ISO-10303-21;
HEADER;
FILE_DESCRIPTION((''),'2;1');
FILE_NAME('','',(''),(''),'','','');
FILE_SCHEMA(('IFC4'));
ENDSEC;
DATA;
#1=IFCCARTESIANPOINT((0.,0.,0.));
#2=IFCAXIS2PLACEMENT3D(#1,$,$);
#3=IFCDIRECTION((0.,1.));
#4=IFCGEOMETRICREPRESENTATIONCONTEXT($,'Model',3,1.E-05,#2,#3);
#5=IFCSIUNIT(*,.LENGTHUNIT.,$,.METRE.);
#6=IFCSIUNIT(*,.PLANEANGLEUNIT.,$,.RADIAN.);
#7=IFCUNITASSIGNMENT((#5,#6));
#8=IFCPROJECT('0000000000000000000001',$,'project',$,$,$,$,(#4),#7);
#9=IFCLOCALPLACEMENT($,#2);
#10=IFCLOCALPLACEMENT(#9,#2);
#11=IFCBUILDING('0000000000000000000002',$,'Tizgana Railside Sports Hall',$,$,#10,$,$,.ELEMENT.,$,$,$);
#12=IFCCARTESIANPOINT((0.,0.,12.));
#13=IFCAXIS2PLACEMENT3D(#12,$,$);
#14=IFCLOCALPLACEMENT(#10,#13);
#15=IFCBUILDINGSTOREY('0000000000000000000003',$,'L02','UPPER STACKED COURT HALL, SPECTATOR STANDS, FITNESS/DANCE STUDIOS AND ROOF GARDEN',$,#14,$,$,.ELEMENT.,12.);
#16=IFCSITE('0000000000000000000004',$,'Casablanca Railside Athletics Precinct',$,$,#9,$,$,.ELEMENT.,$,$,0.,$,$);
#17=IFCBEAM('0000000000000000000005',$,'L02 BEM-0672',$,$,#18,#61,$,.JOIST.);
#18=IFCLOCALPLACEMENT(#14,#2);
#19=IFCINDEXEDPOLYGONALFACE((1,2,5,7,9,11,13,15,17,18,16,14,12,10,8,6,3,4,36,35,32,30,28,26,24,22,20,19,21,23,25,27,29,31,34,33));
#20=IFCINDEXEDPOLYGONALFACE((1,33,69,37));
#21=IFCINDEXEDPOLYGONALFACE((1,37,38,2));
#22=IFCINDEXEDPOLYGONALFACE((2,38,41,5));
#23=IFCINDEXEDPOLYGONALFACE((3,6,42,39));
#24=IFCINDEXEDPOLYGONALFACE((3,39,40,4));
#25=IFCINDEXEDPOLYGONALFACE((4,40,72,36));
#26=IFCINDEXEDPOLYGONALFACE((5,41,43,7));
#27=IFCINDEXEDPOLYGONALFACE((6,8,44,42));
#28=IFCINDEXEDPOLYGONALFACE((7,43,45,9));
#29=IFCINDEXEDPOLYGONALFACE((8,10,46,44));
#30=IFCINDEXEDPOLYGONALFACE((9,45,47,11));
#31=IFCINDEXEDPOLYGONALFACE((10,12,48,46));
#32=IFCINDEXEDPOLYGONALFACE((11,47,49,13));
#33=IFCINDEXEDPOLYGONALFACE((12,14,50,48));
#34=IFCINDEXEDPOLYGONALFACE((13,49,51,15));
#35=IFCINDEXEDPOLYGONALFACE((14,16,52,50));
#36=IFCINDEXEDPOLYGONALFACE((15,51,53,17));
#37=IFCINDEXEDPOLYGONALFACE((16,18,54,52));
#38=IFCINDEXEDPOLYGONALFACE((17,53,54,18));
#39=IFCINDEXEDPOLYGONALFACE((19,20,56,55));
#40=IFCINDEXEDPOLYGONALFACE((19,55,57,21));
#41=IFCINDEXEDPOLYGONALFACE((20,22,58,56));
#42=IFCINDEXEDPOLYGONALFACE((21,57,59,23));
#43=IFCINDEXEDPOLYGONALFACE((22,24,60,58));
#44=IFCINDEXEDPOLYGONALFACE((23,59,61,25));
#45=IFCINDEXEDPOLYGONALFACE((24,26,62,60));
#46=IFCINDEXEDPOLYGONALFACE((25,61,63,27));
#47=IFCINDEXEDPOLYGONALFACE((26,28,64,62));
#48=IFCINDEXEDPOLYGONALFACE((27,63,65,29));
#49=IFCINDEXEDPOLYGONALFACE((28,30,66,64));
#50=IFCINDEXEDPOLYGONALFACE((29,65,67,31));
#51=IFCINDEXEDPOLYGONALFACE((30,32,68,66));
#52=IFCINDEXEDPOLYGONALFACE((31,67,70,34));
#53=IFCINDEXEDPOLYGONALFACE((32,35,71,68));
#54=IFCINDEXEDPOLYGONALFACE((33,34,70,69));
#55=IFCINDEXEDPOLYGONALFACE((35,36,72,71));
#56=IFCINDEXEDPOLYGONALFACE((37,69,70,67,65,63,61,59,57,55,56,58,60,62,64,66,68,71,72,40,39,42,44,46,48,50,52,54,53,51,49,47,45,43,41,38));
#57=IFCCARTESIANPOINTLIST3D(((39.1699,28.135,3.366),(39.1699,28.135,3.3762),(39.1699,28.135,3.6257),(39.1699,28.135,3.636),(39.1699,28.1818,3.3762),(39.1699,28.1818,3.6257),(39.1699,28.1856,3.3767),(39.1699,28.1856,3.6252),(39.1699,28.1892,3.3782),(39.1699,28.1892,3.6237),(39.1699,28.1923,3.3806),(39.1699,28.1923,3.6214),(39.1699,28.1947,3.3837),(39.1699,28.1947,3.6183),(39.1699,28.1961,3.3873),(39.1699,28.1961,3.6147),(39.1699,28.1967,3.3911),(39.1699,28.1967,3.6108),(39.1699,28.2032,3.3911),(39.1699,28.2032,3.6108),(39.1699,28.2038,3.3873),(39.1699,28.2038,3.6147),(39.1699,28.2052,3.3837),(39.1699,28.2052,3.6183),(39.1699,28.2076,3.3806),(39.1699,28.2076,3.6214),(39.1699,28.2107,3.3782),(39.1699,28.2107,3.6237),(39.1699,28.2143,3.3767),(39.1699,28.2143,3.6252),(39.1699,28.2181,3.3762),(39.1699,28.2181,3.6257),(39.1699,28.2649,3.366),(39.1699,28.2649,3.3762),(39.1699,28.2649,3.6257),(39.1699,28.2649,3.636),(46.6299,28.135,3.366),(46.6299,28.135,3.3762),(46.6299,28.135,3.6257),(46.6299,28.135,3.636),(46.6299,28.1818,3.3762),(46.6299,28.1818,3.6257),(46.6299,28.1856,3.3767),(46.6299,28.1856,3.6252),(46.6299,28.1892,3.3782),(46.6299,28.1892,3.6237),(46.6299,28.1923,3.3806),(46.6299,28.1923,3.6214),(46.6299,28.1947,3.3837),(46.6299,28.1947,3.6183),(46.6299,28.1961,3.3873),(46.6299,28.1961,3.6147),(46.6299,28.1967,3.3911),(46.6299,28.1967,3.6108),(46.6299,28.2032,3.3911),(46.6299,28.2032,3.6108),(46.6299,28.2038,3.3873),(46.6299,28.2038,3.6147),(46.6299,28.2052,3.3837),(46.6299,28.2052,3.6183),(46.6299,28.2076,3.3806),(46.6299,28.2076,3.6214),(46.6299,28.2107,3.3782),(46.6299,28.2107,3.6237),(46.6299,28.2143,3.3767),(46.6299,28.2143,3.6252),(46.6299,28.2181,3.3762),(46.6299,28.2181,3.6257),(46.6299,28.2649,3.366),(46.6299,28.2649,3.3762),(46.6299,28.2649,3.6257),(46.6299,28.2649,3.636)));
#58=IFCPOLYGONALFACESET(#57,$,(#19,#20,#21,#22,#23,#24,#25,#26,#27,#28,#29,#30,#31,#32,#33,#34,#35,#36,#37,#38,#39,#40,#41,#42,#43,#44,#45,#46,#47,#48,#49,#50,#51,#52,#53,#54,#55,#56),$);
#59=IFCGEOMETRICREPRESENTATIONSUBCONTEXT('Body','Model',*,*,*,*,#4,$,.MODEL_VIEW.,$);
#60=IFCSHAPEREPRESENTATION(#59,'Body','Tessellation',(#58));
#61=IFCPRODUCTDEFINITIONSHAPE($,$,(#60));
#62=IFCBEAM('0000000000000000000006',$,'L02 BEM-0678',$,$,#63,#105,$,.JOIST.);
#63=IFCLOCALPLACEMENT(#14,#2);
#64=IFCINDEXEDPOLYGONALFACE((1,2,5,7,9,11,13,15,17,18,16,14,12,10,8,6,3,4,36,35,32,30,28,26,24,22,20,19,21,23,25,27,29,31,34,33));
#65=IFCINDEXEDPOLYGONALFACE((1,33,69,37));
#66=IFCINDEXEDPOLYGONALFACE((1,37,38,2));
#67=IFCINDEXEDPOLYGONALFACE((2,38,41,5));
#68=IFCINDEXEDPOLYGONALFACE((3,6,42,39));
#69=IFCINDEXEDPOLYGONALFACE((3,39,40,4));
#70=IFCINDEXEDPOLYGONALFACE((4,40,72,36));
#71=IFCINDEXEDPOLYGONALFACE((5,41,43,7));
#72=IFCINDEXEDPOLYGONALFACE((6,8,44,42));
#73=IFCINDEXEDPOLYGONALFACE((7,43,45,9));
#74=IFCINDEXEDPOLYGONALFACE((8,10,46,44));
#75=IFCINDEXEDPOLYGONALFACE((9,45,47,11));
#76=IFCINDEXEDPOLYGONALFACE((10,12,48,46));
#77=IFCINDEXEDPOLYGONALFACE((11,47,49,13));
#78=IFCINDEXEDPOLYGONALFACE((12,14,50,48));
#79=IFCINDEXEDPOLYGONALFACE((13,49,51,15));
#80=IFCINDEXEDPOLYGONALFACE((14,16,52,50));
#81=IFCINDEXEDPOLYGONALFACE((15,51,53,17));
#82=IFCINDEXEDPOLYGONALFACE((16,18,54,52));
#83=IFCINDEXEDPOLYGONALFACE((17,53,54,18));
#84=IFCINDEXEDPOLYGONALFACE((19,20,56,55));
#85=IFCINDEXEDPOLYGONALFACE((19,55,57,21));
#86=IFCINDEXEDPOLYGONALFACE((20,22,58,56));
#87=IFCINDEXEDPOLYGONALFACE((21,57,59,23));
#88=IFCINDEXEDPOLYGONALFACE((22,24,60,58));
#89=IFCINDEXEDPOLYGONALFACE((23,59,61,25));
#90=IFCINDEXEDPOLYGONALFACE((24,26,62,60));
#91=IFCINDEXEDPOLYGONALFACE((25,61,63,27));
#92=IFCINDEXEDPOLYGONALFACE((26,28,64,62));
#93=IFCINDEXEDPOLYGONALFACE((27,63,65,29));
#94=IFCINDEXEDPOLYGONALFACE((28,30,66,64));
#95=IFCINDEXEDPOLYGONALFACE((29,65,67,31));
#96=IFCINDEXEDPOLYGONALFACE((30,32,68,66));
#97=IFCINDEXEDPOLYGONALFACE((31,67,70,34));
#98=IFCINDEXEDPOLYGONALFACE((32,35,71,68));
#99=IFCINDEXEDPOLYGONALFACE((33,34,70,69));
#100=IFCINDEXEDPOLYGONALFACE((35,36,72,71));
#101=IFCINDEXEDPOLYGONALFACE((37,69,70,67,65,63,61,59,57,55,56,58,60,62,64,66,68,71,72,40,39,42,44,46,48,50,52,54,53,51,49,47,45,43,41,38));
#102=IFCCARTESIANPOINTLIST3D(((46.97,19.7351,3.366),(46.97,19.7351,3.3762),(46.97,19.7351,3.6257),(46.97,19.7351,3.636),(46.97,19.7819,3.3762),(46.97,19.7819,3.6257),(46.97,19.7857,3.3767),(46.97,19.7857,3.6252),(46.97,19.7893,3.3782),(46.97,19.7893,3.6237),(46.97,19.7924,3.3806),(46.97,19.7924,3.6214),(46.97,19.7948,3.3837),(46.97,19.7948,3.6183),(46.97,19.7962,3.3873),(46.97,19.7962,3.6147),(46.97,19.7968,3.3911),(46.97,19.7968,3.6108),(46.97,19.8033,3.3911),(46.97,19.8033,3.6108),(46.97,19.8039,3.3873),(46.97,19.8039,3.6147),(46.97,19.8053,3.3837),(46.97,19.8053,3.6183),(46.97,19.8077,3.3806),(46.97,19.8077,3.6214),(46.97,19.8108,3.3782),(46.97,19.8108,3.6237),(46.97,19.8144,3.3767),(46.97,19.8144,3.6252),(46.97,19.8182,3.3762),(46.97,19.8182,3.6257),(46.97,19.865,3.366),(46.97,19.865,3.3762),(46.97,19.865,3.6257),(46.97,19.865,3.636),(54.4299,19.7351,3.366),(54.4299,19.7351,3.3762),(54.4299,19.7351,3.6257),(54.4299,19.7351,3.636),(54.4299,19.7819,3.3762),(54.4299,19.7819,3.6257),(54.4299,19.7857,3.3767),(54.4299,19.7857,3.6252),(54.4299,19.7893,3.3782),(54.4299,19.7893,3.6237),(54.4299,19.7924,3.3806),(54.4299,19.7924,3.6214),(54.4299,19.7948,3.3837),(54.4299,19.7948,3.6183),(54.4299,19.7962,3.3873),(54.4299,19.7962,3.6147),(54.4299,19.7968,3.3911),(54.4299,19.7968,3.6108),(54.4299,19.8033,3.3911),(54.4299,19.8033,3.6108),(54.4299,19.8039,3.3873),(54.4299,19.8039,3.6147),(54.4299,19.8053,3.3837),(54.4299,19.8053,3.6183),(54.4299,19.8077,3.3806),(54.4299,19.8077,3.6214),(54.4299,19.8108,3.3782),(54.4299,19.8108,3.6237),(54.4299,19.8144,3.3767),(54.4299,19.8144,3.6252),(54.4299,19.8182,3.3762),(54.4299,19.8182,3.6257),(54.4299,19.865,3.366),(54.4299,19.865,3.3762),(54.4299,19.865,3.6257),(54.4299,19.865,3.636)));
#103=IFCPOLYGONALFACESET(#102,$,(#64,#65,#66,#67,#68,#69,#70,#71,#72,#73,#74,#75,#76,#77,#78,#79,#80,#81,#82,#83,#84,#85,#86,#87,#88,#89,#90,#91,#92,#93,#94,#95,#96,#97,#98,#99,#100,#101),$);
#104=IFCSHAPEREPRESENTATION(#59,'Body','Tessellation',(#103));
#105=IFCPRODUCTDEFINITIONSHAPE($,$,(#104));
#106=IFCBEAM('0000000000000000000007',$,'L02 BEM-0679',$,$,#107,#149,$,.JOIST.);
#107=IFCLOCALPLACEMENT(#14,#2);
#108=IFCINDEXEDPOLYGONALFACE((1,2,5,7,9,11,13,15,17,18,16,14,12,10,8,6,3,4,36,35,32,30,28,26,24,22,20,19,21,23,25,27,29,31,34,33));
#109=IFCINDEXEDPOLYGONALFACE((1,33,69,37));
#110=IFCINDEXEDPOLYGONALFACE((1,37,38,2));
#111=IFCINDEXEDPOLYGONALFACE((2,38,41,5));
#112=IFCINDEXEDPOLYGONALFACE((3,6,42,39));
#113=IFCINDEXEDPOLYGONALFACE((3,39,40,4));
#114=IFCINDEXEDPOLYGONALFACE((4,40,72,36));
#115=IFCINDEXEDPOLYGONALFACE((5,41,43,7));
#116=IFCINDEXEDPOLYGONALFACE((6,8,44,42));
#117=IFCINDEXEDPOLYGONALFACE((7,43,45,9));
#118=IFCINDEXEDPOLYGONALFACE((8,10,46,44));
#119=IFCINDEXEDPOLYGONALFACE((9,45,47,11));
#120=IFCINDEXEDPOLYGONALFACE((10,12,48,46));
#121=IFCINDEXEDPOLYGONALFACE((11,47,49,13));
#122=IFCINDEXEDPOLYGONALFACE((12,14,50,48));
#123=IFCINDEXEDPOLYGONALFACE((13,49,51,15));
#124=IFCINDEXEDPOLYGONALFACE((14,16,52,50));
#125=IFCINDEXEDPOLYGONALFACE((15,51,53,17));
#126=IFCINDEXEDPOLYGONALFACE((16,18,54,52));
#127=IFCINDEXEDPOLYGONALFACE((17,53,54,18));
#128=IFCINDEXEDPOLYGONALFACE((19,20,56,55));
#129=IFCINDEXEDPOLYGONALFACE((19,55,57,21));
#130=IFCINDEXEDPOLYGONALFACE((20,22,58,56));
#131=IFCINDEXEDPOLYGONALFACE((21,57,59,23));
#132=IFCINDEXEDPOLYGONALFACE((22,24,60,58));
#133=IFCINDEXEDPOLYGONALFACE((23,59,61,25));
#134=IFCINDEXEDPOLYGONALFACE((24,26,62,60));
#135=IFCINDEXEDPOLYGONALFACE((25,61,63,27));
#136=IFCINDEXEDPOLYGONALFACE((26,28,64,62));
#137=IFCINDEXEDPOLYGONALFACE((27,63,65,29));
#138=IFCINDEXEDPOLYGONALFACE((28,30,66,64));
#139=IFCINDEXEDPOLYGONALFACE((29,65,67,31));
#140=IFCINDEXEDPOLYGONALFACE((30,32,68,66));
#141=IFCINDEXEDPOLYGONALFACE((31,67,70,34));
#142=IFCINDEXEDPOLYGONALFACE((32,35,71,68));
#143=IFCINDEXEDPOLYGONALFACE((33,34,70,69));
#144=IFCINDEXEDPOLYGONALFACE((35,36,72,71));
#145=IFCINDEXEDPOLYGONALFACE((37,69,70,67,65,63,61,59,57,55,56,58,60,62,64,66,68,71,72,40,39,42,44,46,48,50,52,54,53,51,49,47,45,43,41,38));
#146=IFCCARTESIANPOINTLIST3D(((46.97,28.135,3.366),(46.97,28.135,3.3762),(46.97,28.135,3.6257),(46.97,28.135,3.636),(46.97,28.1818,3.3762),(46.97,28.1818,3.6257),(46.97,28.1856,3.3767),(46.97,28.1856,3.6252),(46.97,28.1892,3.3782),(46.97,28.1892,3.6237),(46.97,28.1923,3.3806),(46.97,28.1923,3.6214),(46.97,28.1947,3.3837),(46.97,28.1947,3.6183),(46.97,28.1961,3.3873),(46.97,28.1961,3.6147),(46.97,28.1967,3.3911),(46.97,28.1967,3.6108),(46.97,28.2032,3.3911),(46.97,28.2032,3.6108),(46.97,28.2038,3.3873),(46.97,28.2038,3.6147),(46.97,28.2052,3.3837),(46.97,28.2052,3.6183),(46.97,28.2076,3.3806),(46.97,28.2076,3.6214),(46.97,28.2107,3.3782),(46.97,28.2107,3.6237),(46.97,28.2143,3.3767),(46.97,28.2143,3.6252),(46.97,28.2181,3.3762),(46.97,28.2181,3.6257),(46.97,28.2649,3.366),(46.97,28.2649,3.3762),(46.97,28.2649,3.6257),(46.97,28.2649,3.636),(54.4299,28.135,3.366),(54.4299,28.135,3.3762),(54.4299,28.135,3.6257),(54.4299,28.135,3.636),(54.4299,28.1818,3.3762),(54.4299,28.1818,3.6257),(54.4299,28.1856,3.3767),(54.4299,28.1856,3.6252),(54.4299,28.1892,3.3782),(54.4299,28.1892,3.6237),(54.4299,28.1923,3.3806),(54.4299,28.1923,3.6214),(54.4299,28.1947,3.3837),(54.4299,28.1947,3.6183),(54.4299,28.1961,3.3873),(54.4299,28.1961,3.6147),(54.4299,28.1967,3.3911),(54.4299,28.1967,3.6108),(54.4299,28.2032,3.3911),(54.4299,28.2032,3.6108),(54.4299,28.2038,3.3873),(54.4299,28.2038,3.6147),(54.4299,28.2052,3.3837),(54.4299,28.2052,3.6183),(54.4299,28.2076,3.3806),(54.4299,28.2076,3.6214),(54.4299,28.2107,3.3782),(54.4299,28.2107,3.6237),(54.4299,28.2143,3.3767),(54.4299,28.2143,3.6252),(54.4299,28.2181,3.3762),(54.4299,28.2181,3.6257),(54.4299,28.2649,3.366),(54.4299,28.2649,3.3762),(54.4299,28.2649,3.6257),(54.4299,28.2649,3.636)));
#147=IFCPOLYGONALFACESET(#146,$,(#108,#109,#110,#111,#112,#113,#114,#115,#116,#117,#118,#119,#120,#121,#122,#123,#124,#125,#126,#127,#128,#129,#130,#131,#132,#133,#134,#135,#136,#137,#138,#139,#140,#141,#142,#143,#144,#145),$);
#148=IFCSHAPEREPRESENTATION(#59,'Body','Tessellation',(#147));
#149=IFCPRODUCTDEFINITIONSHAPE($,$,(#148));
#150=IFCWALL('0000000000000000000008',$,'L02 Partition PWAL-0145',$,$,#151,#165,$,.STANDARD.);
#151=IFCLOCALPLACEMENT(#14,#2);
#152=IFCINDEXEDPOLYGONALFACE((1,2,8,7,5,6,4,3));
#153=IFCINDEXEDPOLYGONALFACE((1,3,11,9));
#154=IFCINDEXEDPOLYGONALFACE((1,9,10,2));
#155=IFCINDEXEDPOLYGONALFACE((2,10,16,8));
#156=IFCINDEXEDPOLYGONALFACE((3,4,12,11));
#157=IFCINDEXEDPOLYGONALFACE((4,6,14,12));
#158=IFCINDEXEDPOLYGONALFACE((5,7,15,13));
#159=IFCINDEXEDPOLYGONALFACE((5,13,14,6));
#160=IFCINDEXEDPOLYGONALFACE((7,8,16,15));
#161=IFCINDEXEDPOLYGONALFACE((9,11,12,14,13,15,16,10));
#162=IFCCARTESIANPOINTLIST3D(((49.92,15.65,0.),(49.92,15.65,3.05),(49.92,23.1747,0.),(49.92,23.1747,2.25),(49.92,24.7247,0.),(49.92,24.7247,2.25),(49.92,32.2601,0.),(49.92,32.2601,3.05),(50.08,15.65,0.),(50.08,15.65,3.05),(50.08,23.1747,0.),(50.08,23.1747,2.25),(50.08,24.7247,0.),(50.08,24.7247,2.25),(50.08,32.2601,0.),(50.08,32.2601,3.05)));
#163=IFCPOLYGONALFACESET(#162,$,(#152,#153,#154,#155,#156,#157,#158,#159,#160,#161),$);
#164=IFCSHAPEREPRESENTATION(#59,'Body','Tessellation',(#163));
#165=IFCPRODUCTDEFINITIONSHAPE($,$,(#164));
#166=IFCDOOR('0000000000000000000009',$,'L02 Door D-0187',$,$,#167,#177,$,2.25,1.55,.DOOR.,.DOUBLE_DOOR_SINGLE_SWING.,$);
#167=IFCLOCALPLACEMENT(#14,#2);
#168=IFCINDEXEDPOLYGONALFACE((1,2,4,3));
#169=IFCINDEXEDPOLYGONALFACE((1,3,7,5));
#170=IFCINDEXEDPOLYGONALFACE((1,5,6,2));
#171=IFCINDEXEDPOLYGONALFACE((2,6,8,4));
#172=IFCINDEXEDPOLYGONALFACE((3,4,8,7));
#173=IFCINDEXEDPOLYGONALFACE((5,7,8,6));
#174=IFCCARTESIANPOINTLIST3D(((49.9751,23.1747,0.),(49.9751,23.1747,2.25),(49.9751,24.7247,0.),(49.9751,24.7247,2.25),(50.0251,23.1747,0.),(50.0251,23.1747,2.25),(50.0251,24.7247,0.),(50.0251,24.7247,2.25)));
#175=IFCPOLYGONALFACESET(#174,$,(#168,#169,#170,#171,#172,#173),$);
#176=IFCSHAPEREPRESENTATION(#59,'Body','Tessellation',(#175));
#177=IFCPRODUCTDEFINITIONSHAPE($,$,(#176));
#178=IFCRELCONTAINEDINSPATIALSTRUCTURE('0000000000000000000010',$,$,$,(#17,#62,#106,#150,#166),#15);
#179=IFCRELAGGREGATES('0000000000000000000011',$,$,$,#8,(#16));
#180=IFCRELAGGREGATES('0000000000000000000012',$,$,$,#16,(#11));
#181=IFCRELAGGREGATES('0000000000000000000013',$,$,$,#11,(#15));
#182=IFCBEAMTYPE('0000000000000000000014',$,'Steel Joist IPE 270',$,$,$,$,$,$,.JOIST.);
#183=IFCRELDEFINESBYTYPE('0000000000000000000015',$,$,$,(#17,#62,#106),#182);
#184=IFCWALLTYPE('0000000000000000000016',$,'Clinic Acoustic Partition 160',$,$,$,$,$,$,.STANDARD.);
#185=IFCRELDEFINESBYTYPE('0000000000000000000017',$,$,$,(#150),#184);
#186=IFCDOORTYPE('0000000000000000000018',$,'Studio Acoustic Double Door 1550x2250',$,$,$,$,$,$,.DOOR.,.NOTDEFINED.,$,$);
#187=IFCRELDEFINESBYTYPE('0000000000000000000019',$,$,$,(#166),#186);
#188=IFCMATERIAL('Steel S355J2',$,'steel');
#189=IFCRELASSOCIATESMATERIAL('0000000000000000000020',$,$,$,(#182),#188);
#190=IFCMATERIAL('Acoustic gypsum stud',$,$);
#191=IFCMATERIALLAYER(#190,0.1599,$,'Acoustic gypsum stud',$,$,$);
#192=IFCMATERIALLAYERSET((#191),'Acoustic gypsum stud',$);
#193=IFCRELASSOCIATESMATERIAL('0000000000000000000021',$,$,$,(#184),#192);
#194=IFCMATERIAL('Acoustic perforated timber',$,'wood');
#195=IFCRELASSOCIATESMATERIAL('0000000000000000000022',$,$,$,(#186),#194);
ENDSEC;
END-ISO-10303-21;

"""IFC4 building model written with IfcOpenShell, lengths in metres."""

from ifc_helpers import new_model, si_unit, direction, frame, frame_2d, origin, origin_2d, place, context, subcontext, project, spatial, rectangle, i_section, extrude, material, layer, layer_set, material_profile, profile_set, type_object, element, fill, save


model = new_model("IFC4")

# Units and contexts
model_context = context("Model", 3, precision=1e-05, world=origin(), true_north=direction((0.0, 1.0)))
body_context = subcontext(model_context, "Body", "Model", "MODEL_VIEW")
ifc_project = project(units=[si_unit("LENGTHUNIT", "METRE"), si_unit("PLANEANGLEUNIT", "RADIAN")], contexts=[model_context])

# Site, building, storey
site_placement = place(None, origin())
site = spatial("IfcSite", under=ifc_project, at=site_placement, Name="Casablanca Railside Athletics Precinct", CompositionType="ELEMENT", RefElevation=0.0)
building_placement = place(site_placement, origin())
building = spatial("IfcBuilding", under=site, at=building_placement, Name="Tizgana Railside Sports Hall", CompositionType="ELEMENT")
storey_placement = place(building_placement, frame((0.0, 0.0, 12.0)))
storey = spatial("IfcBuildingStorey", under=building, at=storey_placement, Name="L02", Description="UPPER STACKED COURT HALL, SPECTATOR STANDS, FITNESS/DANCE STUDIOS AND ROOF GARDEN", CompositionType="ELEMENT", Elevation=12.0)

# Beams
ifc_material_1 = material(Name="Steel S355J2", Category="steel")
ifc_material_profile_1 = material_profile(ifc_material_1, i_section(OverallWidth=0.1299, OverallDepth=0.27, WebThickness=0.0066, FlangeThickness=0.0103, FilletRadius=0.0149, at=origin_2d()), Name="IPE 270")
ifc_profile_set_1 = profile_set([ifc_material_profile_1], Name="Steel S355J2")
beam_type_1 = type_object("IfcBeamType", Name="Steel Joist IPE 270", PredefinedType="JOIST", material=ifc_profile_set_1)
for number, where, z_axis, x_axis, name in (
    (1, (39.1699, 28.2, 3.501), (1.0, 0.0, 0.0), (0.0, 1.0, 0.0), "L02 BEM-0672"),
    (2, (46.97, 19.8, 3.501), (1.0, 0.0, 0.0), (0.0, 1.0, 0.0), "L02 BEM-0678"),
    (3, (46.97, 28.2, 3.501), (1.0, 0.0, 0.0), (0.0, 1.0, 0.0), "L02 BEM-0679"),
):
    element("IfcBeam", number, at=place(storey_placement, frame(where, z_axis=z_axis, x_axis=x_axis)), inside=storey, type_object=beam_type_1, Name=name, PredefinedType="JOIST", context=body_context, shape_type="SweptSolid", body=[
        extrude(i_section(OverallWidth=0.1299, OverallDepth=0.27, WebThickness=0.0066, FlangeThickness=0.0103, FilletRadius=0.0149, at=origin_2d()), origin(), (0.0, 0.0, 1.0), 7.46),
    ])

# Wall, opening, door
ifc_material_2 = material(Name="Acoustic gypsum stud")
ifc_layer_1 = layer(ifc_material_2, 0.1599, Name="Acoustic gypsum stud")
ifc_layer_set_1 = layer_set([ifc_layer_1], Name="Acoustic gypsum stud")
wall_type_1 = type_object("IfcWallType", Name="Clinic Acoustic Partition 160", PredefinedType="STANDARD", material=ifc_layer_set_1)
wall_1_placement = place(storey_placement, frame((50.0, 15.6499, 0.0), z_axis=(0.0, 0.0, 1.0), x_axis=(0.0, 1.0, 0.0)))
wall_1 = element("IfcWall", 4, at=wall_1_placement, inside=storey, type_object=wall_type_1, Name="L02 Partition PWAL-0145", PredefinedType="STANDARD", context=body_context, shape_type="SweptSolid", body=[
    extrude(rectangle(XDim=16.6101, YDim=0.1599, at=frame_2d((8.3052, 0.0))), origin(), (0.0, 0.0, 1.0), 3.05),
])
opening_1_placement = place(wall_1_placement, frame((7.5249, 0.0, 0.0)))
opening_1 = element("IfcOpeningElement", 5, at=opening_1_placement, cuts=wall_1, PredefinedType="OPENING", context=body_context, shape_type="SweptSolid", body=[
    extrude(rectangle(XDim=1.55, YDim=2.25, at=frame_2d((0.7749, 1.125))), frame((0.0, 0.0898, 0.0), z_axis=(0.0, -1.0, 0.0), x_axis=(1.0, 0.0, 0.0)), (0.0, 0.0, 1.0), 0.1799),
])
ifc_material_3 = material(Name="Acoustic perforated timber", Category="wood")
door_type_1 = type_object("IfcDoorType", Name="Studio Acoustic Double Door 1550x2250", OperationType="NOTDEFINED", PredefinedType="DOOR", material=ifc_material_3)
door_1_placement = place(opening_1_placement, origin())
door_1 = element("IfcDoor", 6, at=door_1_placement, inside=storey, type_object=door_type_1, Name="L02 Door D-0187", OperationType="DOUBLE_DOOR_SINGLE_SWING", OverallHeight=2.25, OverallWidth=1.55, PredefinedType="DOOR", context=body_context, shape_type="SweptSolid", body=[
    extrude(rectangle(XDim=1.55, YDim=2.25, at=frame_2d((0.7749, 1.125))), frame((0.0, 0.0249, 0.0), z_axis=(0.0, -1.0, 0.0), x_axis=(1.0, 0.0, 0.0)), (0.0, 0.0, 1.0), 0.05),
])
fill(opening_1, door_1)

save(model, "model.ifc")
